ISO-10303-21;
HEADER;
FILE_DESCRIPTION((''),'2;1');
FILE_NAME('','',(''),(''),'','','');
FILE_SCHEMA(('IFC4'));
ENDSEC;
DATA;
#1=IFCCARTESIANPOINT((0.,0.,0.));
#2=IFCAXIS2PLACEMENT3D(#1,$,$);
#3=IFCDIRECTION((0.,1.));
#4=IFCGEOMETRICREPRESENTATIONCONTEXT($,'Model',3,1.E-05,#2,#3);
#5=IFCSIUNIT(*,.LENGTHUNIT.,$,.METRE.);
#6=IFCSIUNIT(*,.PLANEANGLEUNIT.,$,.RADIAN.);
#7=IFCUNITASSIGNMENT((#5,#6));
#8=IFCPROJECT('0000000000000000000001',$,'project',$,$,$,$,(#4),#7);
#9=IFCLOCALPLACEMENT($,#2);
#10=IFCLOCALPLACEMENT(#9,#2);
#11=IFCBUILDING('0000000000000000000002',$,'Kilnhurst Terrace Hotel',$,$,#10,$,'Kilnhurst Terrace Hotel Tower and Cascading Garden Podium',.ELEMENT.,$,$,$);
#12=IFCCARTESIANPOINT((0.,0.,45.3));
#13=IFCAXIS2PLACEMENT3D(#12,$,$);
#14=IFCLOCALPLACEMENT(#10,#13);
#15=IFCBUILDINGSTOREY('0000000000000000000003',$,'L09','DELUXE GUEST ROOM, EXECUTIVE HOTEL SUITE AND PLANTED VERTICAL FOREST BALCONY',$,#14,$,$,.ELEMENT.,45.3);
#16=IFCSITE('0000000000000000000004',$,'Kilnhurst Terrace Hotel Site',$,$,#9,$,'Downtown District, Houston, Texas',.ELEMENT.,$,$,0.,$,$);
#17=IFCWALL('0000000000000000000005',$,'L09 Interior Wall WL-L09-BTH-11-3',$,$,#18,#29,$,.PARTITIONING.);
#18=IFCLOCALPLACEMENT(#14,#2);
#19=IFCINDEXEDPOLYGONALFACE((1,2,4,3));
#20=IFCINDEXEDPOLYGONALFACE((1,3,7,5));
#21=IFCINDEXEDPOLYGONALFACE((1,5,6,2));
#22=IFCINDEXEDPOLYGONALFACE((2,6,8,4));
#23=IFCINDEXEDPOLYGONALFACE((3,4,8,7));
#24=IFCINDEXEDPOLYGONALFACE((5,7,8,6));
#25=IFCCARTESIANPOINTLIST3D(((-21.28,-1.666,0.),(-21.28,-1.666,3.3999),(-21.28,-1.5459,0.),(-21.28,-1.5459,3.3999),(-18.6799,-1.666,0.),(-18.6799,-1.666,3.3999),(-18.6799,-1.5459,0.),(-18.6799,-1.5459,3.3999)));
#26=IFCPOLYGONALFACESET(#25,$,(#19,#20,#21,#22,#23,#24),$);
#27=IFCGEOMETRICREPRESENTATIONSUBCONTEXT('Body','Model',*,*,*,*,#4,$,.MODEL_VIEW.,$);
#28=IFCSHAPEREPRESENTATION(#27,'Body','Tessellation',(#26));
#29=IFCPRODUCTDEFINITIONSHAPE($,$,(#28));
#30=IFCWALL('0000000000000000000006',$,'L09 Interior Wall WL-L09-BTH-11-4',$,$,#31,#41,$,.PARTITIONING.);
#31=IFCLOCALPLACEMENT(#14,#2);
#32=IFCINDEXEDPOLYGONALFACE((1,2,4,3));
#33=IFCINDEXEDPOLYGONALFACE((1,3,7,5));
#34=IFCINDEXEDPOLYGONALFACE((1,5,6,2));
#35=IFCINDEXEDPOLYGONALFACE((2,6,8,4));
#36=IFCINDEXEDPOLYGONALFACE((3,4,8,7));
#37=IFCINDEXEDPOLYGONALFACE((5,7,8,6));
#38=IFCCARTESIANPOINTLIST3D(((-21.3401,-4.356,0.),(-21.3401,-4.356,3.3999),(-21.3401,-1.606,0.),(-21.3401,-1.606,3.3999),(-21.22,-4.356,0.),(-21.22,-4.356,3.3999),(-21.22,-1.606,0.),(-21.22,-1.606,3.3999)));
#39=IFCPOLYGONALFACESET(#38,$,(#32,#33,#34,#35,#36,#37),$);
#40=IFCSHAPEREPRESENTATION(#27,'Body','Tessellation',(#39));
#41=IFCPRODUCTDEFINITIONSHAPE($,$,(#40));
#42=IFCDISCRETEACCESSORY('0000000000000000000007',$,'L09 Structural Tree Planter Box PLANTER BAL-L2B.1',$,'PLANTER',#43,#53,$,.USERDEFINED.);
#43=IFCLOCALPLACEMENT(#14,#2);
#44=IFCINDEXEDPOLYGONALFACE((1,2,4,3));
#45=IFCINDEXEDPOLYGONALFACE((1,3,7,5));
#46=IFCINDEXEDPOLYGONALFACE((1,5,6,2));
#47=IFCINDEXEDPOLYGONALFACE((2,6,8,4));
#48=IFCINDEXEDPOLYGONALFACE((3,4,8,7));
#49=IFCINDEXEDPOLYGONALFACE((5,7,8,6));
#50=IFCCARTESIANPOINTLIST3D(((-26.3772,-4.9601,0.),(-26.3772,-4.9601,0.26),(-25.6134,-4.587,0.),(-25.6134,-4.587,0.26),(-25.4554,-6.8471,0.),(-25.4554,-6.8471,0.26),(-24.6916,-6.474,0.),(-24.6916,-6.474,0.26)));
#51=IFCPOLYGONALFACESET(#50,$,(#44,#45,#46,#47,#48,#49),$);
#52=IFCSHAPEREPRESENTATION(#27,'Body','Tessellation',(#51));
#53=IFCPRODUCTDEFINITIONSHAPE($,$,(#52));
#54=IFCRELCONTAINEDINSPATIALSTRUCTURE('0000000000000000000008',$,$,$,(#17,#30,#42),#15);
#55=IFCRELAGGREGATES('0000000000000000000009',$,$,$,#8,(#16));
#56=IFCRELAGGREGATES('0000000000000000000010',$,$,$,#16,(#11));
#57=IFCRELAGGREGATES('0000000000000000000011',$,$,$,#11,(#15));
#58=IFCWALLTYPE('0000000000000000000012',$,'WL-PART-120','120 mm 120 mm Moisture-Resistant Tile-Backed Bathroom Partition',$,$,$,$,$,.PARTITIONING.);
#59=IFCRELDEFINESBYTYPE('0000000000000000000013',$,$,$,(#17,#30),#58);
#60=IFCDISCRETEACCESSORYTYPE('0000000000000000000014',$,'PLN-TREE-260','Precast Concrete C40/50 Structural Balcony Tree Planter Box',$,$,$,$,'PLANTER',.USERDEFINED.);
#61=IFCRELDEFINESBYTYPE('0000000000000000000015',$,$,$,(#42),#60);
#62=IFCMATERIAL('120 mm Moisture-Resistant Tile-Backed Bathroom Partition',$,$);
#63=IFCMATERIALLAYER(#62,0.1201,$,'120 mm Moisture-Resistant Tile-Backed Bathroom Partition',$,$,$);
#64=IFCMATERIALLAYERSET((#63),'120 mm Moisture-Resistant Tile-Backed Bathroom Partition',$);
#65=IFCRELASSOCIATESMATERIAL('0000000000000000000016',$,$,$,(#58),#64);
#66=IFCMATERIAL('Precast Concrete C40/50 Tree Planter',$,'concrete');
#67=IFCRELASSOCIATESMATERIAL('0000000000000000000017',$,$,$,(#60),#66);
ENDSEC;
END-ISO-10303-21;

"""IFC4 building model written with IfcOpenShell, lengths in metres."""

from ifc_helpers import new_model, si_unit, direction, frame, frame_2d, origin, origin_2d, place, context, subcontext, project, spatial, rectangle, extrude, material, layer, layer_set, type_object, element, save


model = new_model("IFC4")

# Units and contexts
model_context = context("Model", 3, precision=1e-05, world=origin(), true_north=direction((0.0, 1.0)))
body_context = subcontext(model_context, "Body", "Model", "MODEL_VIEW")
ifc_project = project(units=[si_unit("LENGTHUNIT", "METRE"), si_unit("PLANEANGLEUNIT", "RADIAN")], contexts=[model_context])

# Site, building, storey
site_placement = place(None, origin())
site = spatial("IfcSite", under=ifc_project, at=site_placement, Name="Kilnhurst Terrace Hotel Site", LongName="Downtown District, Houston, Texas", CompositionType="ELEMENT", RefElevation=0.0)
building_placement = place(site_placement, origin())
building = spatial("IfcBuilding", under=site, at=building_placement, Name="Kilnhurst Terrace Hotel", LongName="Kilnhurst Terrace Hotel Tower and Cascading Garden Podium", CompositionType="ELEMENT")
storey_placement = place(building_placement, frame((0.0, 0.0, 45.3)))
storey = spatial("IfcBuildingStorey", under=building, at=storey_placement, Name="L09", Description="DELUXE GUEST ROOM, EXECUTIVE HOTEL SUITE AND PLANTED VERTICAL FOREST BALCONY", CompositionType="ELEMENT", Elevation=45.3)

# Shared definitions
ifc_material_1 = material(Name="120 mm Moisture-Resistant Tile-Backed Bathroom Partition")
ifc_layer_1 = layer(ifc_material_1, 0.1201, Name="120 mm Moisture-Resistant Tile-Backed Bathroom Partition")
ifc_layer_set_1 = layer_set([ifc_layer_1], Name="120 mm Moisture-Resistant Tile-Backed Bathroom Partition")
wall_type_1 = type_object("IfcWallType", Name="WL-PART-120", Description="120 mm 120 mm Moisture-Resistant Tile-Backed Bathroom Partition", PredefinedType="PARTITIONING", material=ifc_layer_set_1)

# Walls
wall_1_placement = place(storey_placement, frame((-18.6799, -1.606, 0.0), z_axis=(0.0, 0.0, 1.0), x_axis=(-1.0, 0.0, 0.0)))
element("IfcWall", 1, at=wall_1_placement, inside=storey, type_object=wall_type_1, Name="L09 Interior Wall WL-L09-BTH-11-3", PredefinedType="PARTITIONING", context=body_context, shape_type="SweptSolid", body=[
    extrude(rectangle(XDim=2.6001, YDim=0.1201, at=frame_2d((1.3, 0.0))), origin(), (0.0, 0.0, 1.0), 3.3999),
])
wall_2_placement = place(storey_placement, frame((-21.28, -1.606, 0.0), z_axis=(0.0, 0.0, 1.0), x_axis=(0.0, -1.0, 0.0)))
element("IfcWall", 2, at=wall_2_placement, inside=storey, type_object=wall_type_1, Name="L09 Interior Wall WL-L09-BTH-11-4", PredefinedType="PARTITIONING", context=body_context, shape_type="SweptSolid", body=[
    extrude(rectangle(XDim=2.75, YDim=0.1201, at=frame_2d((1.375, 0.0))), origin(), (0.0, 0.0, 1.0), 3.3999),
])

# Discrete accessory
ifc_material_2 = material(Name="Precast Concrete C40/50 Tree Planter", Category="concrete")
discrete_accessory_type = type_object("IfcDiscreteAccessoryType", Name="PLN-TREE-260", Description="Precast Concrete C40/50 Structural Balcony Tree Planter Box", ElementType="PLANTER", PredefinedType="USERDEFINED", material=ifc_material_2)
discrete_accessory_placement = place(storey_placement, frame((-25.5344, -5.717, 0.0), z_axis=(0.0, 0.0, 1.0), x_axis=(0.438936, -0.898518, 0.0)))
element("IfcDiscreteAccessory", 3, at=discrete_accessory_placement, inside=storey, type_object=discrete_accessory_type, Name="L09 Structural Tree Planter Box PLANTER BAL-L2B.1", ObjectType="PLANTER", PredefinedType="USERDEFINED", context=body_context, shape_type="SweptSolid", body=[
    extrude(rectangle(XDim=2.1001, YDim=0.8501, at=origin_2d()), origin(), (0.0, 0.0, 1.0), 0.26),
])

save(model, "model.ifc")
